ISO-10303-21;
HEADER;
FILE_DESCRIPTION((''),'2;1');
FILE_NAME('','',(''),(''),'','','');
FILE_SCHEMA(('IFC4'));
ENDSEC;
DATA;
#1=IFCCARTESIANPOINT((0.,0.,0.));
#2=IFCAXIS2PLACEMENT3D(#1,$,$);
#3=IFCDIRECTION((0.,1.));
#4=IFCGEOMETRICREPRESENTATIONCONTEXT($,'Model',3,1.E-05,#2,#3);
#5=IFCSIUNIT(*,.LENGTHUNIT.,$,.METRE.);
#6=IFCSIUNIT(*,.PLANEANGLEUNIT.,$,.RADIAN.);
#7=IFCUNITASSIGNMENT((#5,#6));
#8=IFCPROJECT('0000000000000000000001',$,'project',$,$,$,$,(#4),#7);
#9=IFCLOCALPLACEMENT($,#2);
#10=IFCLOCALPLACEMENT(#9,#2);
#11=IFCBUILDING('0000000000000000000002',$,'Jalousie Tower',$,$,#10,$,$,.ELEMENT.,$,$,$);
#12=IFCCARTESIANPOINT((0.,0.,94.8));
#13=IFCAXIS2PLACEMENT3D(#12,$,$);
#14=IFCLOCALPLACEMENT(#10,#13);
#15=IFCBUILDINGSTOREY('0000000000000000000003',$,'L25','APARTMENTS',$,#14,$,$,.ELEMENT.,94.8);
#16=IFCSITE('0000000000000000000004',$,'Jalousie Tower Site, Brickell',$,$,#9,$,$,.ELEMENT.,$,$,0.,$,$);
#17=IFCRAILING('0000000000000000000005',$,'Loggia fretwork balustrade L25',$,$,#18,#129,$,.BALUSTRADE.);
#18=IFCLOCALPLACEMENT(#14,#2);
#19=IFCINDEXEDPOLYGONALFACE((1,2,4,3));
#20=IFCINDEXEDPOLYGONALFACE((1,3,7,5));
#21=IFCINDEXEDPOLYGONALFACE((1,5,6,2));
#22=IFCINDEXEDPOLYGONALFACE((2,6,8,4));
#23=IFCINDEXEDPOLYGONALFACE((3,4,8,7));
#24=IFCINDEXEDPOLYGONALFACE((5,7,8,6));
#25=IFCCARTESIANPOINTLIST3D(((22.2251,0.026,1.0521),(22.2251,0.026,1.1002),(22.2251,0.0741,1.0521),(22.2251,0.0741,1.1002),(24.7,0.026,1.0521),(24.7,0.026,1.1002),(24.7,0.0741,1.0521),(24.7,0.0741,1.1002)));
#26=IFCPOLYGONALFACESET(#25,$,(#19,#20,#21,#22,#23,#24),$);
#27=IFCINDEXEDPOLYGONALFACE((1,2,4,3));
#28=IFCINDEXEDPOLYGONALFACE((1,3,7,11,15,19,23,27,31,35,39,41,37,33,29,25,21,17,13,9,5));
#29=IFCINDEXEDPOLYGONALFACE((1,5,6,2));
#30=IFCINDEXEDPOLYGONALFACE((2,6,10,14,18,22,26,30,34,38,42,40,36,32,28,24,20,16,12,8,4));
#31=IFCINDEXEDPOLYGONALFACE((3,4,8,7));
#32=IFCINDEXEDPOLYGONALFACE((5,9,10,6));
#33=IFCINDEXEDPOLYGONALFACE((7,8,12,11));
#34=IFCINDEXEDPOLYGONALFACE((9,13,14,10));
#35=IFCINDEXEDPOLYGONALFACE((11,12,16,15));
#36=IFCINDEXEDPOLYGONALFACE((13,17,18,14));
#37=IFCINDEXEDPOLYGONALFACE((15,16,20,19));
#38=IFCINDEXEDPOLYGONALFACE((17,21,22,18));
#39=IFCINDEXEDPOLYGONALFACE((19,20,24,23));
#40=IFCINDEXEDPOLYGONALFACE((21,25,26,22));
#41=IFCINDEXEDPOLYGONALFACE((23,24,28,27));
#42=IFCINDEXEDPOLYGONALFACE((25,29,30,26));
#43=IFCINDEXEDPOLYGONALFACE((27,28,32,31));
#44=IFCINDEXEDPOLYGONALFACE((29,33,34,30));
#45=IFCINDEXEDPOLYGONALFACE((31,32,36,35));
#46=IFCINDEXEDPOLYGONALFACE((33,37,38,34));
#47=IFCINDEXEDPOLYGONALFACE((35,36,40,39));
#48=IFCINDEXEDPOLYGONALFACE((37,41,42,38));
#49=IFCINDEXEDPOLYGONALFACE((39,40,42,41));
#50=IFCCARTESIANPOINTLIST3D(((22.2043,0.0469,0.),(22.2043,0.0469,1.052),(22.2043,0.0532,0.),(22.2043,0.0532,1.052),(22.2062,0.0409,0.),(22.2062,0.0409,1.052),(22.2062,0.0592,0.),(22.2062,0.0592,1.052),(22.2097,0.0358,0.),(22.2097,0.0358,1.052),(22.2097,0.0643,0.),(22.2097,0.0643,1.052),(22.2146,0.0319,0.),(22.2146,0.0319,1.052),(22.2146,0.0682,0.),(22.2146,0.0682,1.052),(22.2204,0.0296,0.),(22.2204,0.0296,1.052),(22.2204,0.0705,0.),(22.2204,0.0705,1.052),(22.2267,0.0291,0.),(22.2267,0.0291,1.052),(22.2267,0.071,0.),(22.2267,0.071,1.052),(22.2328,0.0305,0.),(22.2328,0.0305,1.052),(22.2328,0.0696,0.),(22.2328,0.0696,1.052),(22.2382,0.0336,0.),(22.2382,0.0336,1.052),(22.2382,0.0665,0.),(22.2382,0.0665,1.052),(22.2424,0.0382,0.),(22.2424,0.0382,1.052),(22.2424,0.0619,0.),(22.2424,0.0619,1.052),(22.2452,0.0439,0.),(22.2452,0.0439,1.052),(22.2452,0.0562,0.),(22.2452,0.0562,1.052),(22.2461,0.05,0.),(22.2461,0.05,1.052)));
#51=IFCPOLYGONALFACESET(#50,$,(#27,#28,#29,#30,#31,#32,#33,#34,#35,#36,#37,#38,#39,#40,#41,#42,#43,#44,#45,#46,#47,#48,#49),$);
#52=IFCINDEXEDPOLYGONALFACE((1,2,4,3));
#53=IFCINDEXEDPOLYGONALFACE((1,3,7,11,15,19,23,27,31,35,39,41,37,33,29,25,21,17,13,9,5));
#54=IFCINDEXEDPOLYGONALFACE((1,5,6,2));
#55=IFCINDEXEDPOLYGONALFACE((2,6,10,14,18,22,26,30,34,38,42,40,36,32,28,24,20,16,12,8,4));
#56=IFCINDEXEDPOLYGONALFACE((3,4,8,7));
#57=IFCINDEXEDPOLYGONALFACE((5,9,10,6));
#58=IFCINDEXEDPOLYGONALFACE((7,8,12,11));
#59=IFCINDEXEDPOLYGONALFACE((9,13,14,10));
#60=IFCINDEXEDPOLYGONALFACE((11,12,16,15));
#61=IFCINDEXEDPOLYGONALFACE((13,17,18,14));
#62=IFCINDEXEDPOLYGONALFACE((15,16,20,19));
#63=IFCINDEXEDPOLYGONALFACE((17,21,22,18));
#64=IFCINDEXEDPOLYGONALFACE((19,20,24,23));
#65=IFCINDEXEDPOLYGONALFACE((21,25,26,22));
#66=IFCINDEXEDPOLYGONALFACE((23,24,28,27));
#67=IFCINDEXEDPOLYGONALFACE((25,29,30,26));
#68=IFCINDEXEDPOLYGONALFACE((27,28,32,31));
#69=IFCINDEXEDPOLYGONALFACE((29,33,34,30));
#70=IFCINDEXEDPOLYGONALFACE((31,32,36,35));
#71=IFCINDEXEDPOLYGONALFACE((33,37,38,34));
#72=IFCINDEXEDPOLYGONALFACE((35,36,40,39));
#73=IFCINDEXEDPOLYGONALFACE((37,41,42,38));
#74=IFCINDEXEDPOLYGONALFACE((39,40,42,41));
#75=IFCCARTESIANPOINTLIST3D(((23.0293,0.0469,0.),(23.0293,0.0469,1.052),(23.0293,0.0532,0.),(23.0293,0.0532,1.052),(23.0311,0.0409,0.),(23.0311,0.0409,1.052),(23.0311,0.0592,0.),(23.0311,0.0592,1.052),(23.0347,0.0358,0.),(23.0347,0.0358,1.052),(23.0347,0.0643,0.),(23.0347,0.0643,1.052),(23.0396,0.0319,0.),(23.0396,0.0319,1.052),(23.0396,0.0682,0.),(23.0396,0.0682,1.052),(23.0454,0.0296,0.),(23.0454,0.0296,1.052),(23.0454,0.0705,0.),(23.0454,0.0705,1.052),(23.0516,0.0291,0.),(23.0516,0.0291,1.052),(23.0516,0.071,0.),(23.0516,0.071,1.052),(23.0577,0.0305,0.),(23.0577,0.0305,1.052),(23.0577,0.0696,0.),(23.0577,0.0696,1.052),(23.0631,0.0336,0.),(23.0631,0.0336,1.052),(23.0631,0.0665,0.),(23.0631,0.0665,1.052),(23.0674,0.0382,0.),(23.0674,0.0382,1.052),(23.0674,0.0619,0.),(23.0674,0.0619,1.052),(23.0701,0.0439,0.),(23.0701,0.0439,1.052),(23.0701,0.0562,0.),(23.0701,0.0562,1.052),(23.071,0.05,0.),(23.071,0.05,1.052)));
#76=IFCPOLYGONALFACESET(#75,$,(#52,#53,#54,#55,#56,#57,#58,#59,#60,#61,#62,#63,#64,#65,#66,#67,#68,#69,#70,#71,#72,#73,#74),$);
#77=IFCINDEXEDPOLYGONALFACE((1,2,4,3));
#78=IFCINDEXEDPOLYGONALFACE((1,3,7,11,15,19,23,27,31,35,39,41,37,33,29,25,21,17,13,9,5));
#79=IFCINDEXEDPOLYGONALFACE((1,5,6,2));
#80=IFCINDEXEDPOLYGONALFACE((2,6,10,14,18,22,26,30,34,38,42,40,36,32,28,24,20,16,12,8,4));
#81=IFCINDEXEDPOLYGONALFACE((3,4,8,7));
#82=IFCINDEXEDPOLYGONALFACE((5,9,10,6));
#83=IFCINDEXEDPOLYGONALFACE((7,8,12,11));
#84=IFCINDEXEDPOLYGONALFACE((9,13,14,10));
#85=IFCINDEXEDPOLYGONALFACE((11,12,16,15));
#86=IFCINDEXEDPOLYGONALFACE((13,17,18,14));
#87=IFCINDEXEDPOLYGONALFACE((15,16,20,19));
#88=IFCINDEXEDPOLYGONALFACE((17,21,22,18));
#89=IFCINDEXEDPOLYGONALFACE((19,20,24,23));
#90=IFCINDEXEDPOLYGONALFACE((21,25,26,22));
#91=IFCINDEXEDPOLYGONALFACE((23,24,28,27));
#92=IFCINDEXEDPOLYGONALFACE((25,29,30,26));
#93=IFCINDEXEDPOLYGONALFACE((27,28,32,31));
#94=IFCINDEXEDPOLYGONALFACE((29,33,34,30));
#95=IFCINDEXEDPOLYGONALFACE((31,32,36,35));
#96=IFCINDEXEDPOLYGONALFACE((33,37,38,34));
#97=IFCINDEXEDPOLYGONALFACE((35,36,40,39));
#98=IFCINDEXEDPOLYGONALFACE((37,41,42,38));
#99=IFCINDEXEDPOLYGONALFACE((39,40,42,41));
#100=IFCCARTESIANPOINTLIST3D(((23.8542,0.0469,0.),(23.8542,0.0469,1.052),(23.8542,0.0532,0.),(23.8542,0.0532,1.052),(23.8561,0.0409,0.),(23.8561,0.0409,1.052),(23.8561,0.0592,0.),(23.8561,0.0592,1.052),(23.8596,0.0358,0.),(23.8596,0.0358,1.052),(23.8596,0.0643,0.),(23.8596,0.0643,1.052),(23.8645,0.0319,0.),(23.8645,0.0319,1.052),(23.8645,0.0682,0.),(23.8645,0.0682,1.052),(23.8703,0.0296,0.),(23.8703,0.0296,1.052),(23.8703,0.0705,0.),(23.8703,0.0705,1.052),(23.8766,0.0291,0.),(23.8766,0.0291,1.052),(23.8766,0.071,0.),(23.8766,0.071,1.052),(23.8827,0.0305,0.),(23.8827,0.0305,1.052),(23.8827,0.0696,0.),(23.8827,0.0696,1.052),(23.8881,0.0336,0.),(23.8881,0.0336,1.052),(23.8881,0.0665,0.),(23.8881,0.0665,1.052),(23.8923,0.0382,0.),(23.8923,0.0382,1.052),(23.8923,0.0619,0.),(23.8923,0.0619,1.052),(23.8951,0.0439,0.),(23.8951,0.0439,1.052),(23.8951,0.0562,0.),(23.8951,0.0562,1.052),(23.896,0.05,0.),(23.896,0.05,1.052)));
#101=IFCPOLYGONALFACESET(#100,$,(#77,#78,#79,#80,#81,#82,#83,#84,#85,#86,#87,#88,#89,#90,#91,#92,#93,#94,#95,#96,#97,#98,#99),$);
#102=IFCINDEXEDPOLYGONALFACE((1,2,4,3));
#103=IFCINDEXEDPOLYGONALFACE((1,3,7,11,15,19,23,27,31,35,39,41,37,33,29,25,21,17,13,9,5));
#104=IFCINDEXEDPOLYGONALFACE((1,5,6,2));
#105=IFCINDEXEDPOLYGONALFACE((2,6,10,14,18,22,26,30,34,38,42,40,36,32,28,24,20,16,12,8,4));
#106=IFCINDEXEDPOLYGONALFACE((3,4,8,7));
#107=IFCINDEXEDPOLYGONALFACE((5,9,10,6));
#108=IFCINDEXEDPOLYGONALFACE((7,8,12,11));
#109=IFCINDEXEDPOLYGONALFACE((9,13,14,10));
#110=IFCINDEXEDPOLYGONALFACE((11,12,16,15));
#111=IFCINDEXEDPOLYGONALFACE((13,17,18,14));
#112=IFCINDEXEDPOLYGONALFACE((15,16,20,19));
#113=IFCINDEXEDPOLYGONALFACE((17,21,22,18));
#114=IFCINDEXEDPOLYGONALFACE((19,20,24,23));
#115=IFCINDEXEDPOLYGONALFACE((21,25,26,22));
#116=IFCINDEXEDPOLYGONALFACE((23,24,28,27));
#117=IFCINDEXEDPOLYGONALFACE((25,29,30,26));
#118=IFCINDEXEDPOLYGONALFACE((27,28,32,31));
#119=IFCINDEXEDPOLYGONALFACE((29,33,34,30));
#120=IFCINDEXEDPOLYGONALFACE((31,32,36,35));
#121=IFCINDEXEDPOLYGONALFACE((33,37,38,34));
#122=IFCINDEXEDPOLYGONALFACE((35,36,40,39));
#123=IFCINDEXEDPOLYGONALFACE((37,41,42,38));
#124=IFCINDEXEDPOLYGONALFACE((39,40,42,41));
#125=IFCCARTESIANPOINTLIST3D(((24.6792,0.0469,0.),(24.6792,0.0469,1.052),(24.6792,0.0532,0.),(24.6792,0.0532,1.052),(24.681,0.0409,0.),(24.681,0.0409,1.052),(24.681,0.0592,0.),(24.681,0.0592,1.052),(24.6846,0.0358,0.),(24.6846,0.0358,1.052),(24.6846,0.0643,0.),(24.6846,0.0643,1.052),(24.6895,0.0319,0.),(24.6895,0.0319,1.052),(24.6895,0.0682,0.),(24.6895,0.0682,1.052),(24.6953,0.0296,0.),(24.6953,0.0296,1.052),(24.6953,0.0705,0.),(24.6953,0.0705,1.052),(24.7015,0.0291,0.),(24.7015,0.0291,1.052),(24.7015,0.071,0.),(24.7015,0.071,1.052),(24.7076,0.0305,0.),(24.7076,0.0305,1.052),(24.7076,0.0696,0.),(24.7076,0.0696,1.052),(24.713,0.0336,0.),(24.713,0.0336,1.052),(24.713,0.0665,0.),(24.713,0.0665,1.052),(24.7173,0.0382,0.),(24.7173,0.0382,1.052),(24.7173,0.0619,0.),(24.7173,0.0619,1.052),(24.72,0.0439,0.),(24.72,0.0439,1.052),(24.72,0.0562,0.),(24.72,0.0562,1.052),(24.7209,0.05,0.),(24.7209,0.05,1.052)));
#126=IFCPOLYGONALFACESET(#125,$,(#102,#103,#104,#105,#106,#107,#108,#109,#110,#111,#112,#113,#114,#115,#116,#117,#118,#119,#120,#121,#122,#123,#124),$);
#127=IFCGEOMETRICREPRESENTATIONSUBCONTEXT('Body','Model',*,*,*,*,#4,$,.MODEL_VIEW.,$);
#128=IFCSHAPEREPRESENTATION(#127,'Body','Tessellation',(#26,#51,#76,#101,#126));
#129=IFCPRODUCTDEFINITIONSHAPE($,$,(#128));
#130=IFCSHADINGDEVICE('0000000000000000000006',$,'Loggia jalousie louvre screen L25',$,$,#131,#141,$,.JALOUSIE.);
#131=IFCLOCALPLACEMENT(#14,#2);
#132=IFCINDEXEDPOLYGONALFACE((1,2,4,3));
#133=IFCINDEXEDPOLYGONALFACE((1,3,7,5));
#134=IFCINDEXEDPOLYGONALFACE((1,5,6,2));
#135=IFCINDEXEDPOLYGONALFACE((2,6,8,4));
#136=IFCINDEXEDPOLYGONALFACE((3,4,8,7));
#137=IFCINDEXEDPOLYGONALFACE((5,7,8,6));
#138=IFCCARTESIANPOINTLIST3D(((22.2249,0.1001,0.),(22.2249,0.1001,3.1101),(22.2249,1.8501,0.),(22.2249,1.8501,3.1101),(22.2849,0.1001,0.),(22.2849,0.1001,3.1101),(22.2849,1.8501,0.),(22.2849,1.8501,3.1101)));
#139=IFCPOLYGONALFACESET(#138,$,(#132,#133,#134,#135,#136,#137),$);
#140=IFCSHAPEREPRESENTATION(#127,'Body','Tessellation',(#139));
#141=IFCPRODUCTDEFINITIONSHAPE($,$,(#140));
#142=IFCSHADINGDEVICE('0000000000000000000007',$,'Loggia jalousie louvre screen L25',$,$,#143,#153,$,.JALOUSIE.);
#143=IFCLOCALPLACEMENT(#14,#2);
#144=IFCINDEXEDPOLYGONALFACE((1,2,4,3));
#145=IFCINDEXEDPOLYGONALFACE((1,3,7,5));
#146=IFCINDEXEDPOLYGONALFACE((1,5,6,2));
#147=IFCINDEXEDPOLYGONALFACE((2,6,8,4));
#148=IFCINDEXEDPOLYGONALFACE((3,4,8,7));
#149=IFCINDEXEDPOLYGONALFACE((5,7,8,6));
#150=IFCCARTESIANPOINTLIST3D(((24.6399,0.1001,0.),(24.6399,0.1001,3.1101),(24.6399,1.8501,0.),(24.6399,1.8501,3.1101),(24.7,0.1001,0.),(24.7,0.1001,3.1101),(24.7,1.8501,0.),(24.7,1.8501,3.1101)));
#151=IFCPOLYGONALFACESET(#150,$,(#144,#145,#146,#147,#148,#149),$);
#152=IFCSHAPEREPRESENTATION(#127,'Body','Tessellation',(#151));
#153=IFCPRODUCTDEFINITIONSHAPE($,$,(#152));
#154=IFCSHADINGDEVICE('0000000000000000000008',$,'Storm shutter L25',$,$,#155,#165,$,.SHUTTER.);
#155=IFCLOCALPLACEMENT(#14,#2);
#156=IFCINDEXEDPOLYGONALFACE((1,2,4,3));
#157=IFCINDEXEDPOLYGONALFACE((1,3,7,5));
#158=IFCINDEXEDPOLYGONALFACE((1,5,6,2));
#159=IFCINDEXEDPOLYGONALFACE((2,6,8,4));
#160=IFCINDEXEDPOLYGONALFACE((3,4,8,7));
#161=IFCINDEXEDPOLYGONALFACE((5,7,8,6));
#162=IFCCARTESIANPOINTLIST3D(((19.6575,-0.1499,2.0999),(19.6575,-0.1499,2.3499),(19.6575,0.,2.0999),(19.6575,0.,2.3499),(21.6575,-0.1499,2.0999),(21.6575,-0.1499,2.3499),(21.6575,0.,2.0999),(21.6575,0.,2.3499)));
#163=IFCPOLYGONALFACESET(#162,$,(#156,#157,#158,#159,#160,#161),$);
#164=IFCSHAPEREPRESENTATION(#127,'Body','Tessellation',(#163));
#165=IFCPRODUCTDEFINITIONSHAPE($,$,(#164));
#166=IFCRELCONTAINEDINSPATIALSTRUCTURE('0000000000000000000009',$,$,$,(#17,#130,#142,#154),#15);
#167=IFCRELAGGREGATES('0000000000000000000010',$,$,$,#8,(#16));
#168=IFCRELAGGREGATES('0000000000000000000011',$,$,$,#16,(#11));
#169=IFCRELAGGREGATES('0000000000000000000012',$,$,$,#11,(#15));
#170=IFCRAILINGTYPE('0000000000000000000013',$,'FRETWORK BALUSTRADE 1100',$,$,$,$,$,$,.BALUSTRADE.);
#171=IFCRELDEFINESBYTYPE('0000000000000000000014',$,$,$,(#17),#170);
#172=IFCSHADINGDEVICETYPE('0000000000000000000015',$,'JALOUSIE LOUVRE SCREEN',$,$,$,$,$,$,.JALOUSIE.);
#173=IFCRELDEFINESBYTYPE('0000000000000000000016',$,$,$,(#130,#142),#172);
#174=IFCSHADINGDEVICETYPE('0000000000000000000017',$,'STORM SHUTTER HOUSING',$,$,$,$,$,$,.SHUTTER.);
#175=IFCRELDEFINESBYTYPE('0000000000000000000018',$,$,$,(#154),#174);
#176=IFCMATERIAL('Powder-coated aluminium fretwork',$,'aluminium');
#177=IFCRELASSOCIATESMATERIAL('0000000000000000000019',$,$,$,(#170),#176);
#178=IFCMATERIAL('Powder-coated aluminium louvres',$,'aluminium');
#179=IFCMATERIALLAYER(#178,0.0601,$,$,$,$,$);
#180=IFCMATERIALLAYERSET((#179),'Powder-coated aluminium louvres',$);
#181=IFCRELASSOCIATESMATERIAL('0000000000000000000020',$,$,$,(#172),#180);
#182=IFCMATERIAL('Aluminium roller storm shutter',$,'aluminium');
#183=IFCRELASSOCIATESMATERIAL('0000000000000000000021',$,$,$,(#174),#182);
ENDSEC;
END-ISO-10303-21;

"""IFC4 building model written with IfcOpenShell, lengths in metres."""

from ifc_helpers import new_model, si_unit, direction, frame, origin, origin_2d, place, context, subcontext, project, spatial, rectangle, circle, extrude, material, layer, layer_set, type_object, element, save


model = new_model("IFC4")

# Units and contexts
model_context = context("Model", 3, precision=1e-05, world=origin(), true_north=direction((0.0, 1.0)))
body_context = subcontext(model_context, "Body", "Model", "MODEL_VIEW")
ifc_project = project(units=[si_unit("LENGTHUNIT", "METRE"), si_unit("PLANEANGLEUNIT", "RADIAN")], contexts=[model_context])

# Site, building, storey
site_placement = place(None, origin())
site = spatial("IfcSite", under=ifc_project, at=site_placement, Name="Jalousie Tower Site, Brickell", CompositionType="ELEMENT", RefElevation=0.0)
building_placement = place(site_placement, origin())
building = spatial("IfcBuilding", under=site, at=building_placement, Name="Jalousie Tower", CompositionType="ELEMENT")
storey_placement = place(building_placement, frame((0.0, 0.0, 94.8)))
storey = spatial("IfcBuildingStorey", under=building, at=storey_placement, Name="L25", Description="APARTMENTS", CompositionType="ELEMENT", Elevation=94.8)

# Railing
ifc_material_1 = material(Name="Powder-coated aluminium fretwork", Category="aluminium")
railing_type = type_object("IfcRailingType", Name="FRETWORK BALUSTRADE 1100", PredefinedType="BALUSTRADE", material=ifc_material_1)
railing_placement = place(storey_placement, frame((22.2251, 0.05, 0.0)))
element("IfcRailing", 1, at=railing_placement, inside=storey, type_object=railing_type, Name="Loggia fretwork balustrade L25", PredefinedType="BALUSTRADE", context=body_context, shape_type="SweptSolid", body=[
    extrude(rectangle(XDim=0.0481, YDim=0.0481, at=origin_2d()), frame((0.0, 0.0, 1.0762), z_axis=(1.0, 0.0, 0.0), x_axis=(0.0, 1.0, 0.0)), (0.0, 0.0, 1.0), 2.4749),
    extrude(circle(Radius=0.021, at=origin_2d()), origin(), (0.0, 0.0, 1.0), 1.052),
    extrude(circle(Radius=0.021, at=origin_2d()), frame((0.825, 0.0, 0.0)), (0.0, 0.0, 1.0), 1.052),
    extrude(circle(Radius=0.021, at=origin_2d()), frame((1.6499, 0.0, 0.0)), (0.0, 0.0, 1.0), 1.052),
    extrude(circle(Radius=0.021, at=origin_2d()), frame((2.4749, 0.0, 0.0)), (0.0, 0.0, 1.0), 1.052),
])

# Shading devices
ifc_material_2 = material(Name="Powder-coated aluminium louvres", Category="aluminium")
ifc_layer_1 = layer(ifc_material_2, 0.0601)
ifc_layer_set_1 = layer_set([ifc_layer_1], Name="Powder-coated aluminium louvres")
shading_device_type_1 = type_object("IfcShadingDeviceType", Name="JALOUSIE LOUVRE SCREEN", PredefinedType="JALOUSIE", material=ifc_layer_set_1)
for number, where, z_axis, x_axis, name in (
    (2, (22.2549, 0.9751, 0.0), (0.0, 0.0, 1.0), (1.0, 0.0, 0.0), "Loggia jalousie louvre screen L25"),
    (3, (24.6699, 0.9751, 0.0), (0.0, 0.0, 1.0), (1.0, 0.0, 0.0), "Loggia jalousie louvre screen L25"),
):
    element("IfcShadingDevice", number, at=place(storey_placement, frame(where, z_axis=z_axis, x_axis=x_axis)), inside=storey, type_object=shading_device_type_1, Name=name, PredefinedType="JALOUSIE", context=body_context, shape_type="SweptSolid", body=[
        extrude(rectangle(XDim=0.0601, YDim=1.75, at=origin_2d()), origin(), (0.0, 0.0, 1.0), 3.1101),
    ])
ifc_material_3 = material(Name="Aluminium roller storm shutter", Category="aluminium")
shading_device_type_2 = type_object("IfcShadingDeviceType", Name="STORM SHUTTER HOUSING", PredefinedType="SHUTTER", material=ifc_material_3)
shading_device_1_placement = place(storey_placement, frame((20.6575, -0.075, 2.0999), z_axis=(0.0, 0.0, 1.0), x_axis=(1.0, 0.0, 0.0)))
element("IfcShadingDevice", 4, at=shading_device_1_placement, inside=storey, type_object=shading_device_type_2, Name="Storm shutter L25", PredefinedType="SHUTTER", context=body_context, shape_type="SweptSolid", body=[
    extrude(rectangle(XDim=2.0, YDim=0.1499, at=origin_2d()), origin(), (0.0, 0.0, 1.0), 0.25),
])

save(model, "model.ifc")
